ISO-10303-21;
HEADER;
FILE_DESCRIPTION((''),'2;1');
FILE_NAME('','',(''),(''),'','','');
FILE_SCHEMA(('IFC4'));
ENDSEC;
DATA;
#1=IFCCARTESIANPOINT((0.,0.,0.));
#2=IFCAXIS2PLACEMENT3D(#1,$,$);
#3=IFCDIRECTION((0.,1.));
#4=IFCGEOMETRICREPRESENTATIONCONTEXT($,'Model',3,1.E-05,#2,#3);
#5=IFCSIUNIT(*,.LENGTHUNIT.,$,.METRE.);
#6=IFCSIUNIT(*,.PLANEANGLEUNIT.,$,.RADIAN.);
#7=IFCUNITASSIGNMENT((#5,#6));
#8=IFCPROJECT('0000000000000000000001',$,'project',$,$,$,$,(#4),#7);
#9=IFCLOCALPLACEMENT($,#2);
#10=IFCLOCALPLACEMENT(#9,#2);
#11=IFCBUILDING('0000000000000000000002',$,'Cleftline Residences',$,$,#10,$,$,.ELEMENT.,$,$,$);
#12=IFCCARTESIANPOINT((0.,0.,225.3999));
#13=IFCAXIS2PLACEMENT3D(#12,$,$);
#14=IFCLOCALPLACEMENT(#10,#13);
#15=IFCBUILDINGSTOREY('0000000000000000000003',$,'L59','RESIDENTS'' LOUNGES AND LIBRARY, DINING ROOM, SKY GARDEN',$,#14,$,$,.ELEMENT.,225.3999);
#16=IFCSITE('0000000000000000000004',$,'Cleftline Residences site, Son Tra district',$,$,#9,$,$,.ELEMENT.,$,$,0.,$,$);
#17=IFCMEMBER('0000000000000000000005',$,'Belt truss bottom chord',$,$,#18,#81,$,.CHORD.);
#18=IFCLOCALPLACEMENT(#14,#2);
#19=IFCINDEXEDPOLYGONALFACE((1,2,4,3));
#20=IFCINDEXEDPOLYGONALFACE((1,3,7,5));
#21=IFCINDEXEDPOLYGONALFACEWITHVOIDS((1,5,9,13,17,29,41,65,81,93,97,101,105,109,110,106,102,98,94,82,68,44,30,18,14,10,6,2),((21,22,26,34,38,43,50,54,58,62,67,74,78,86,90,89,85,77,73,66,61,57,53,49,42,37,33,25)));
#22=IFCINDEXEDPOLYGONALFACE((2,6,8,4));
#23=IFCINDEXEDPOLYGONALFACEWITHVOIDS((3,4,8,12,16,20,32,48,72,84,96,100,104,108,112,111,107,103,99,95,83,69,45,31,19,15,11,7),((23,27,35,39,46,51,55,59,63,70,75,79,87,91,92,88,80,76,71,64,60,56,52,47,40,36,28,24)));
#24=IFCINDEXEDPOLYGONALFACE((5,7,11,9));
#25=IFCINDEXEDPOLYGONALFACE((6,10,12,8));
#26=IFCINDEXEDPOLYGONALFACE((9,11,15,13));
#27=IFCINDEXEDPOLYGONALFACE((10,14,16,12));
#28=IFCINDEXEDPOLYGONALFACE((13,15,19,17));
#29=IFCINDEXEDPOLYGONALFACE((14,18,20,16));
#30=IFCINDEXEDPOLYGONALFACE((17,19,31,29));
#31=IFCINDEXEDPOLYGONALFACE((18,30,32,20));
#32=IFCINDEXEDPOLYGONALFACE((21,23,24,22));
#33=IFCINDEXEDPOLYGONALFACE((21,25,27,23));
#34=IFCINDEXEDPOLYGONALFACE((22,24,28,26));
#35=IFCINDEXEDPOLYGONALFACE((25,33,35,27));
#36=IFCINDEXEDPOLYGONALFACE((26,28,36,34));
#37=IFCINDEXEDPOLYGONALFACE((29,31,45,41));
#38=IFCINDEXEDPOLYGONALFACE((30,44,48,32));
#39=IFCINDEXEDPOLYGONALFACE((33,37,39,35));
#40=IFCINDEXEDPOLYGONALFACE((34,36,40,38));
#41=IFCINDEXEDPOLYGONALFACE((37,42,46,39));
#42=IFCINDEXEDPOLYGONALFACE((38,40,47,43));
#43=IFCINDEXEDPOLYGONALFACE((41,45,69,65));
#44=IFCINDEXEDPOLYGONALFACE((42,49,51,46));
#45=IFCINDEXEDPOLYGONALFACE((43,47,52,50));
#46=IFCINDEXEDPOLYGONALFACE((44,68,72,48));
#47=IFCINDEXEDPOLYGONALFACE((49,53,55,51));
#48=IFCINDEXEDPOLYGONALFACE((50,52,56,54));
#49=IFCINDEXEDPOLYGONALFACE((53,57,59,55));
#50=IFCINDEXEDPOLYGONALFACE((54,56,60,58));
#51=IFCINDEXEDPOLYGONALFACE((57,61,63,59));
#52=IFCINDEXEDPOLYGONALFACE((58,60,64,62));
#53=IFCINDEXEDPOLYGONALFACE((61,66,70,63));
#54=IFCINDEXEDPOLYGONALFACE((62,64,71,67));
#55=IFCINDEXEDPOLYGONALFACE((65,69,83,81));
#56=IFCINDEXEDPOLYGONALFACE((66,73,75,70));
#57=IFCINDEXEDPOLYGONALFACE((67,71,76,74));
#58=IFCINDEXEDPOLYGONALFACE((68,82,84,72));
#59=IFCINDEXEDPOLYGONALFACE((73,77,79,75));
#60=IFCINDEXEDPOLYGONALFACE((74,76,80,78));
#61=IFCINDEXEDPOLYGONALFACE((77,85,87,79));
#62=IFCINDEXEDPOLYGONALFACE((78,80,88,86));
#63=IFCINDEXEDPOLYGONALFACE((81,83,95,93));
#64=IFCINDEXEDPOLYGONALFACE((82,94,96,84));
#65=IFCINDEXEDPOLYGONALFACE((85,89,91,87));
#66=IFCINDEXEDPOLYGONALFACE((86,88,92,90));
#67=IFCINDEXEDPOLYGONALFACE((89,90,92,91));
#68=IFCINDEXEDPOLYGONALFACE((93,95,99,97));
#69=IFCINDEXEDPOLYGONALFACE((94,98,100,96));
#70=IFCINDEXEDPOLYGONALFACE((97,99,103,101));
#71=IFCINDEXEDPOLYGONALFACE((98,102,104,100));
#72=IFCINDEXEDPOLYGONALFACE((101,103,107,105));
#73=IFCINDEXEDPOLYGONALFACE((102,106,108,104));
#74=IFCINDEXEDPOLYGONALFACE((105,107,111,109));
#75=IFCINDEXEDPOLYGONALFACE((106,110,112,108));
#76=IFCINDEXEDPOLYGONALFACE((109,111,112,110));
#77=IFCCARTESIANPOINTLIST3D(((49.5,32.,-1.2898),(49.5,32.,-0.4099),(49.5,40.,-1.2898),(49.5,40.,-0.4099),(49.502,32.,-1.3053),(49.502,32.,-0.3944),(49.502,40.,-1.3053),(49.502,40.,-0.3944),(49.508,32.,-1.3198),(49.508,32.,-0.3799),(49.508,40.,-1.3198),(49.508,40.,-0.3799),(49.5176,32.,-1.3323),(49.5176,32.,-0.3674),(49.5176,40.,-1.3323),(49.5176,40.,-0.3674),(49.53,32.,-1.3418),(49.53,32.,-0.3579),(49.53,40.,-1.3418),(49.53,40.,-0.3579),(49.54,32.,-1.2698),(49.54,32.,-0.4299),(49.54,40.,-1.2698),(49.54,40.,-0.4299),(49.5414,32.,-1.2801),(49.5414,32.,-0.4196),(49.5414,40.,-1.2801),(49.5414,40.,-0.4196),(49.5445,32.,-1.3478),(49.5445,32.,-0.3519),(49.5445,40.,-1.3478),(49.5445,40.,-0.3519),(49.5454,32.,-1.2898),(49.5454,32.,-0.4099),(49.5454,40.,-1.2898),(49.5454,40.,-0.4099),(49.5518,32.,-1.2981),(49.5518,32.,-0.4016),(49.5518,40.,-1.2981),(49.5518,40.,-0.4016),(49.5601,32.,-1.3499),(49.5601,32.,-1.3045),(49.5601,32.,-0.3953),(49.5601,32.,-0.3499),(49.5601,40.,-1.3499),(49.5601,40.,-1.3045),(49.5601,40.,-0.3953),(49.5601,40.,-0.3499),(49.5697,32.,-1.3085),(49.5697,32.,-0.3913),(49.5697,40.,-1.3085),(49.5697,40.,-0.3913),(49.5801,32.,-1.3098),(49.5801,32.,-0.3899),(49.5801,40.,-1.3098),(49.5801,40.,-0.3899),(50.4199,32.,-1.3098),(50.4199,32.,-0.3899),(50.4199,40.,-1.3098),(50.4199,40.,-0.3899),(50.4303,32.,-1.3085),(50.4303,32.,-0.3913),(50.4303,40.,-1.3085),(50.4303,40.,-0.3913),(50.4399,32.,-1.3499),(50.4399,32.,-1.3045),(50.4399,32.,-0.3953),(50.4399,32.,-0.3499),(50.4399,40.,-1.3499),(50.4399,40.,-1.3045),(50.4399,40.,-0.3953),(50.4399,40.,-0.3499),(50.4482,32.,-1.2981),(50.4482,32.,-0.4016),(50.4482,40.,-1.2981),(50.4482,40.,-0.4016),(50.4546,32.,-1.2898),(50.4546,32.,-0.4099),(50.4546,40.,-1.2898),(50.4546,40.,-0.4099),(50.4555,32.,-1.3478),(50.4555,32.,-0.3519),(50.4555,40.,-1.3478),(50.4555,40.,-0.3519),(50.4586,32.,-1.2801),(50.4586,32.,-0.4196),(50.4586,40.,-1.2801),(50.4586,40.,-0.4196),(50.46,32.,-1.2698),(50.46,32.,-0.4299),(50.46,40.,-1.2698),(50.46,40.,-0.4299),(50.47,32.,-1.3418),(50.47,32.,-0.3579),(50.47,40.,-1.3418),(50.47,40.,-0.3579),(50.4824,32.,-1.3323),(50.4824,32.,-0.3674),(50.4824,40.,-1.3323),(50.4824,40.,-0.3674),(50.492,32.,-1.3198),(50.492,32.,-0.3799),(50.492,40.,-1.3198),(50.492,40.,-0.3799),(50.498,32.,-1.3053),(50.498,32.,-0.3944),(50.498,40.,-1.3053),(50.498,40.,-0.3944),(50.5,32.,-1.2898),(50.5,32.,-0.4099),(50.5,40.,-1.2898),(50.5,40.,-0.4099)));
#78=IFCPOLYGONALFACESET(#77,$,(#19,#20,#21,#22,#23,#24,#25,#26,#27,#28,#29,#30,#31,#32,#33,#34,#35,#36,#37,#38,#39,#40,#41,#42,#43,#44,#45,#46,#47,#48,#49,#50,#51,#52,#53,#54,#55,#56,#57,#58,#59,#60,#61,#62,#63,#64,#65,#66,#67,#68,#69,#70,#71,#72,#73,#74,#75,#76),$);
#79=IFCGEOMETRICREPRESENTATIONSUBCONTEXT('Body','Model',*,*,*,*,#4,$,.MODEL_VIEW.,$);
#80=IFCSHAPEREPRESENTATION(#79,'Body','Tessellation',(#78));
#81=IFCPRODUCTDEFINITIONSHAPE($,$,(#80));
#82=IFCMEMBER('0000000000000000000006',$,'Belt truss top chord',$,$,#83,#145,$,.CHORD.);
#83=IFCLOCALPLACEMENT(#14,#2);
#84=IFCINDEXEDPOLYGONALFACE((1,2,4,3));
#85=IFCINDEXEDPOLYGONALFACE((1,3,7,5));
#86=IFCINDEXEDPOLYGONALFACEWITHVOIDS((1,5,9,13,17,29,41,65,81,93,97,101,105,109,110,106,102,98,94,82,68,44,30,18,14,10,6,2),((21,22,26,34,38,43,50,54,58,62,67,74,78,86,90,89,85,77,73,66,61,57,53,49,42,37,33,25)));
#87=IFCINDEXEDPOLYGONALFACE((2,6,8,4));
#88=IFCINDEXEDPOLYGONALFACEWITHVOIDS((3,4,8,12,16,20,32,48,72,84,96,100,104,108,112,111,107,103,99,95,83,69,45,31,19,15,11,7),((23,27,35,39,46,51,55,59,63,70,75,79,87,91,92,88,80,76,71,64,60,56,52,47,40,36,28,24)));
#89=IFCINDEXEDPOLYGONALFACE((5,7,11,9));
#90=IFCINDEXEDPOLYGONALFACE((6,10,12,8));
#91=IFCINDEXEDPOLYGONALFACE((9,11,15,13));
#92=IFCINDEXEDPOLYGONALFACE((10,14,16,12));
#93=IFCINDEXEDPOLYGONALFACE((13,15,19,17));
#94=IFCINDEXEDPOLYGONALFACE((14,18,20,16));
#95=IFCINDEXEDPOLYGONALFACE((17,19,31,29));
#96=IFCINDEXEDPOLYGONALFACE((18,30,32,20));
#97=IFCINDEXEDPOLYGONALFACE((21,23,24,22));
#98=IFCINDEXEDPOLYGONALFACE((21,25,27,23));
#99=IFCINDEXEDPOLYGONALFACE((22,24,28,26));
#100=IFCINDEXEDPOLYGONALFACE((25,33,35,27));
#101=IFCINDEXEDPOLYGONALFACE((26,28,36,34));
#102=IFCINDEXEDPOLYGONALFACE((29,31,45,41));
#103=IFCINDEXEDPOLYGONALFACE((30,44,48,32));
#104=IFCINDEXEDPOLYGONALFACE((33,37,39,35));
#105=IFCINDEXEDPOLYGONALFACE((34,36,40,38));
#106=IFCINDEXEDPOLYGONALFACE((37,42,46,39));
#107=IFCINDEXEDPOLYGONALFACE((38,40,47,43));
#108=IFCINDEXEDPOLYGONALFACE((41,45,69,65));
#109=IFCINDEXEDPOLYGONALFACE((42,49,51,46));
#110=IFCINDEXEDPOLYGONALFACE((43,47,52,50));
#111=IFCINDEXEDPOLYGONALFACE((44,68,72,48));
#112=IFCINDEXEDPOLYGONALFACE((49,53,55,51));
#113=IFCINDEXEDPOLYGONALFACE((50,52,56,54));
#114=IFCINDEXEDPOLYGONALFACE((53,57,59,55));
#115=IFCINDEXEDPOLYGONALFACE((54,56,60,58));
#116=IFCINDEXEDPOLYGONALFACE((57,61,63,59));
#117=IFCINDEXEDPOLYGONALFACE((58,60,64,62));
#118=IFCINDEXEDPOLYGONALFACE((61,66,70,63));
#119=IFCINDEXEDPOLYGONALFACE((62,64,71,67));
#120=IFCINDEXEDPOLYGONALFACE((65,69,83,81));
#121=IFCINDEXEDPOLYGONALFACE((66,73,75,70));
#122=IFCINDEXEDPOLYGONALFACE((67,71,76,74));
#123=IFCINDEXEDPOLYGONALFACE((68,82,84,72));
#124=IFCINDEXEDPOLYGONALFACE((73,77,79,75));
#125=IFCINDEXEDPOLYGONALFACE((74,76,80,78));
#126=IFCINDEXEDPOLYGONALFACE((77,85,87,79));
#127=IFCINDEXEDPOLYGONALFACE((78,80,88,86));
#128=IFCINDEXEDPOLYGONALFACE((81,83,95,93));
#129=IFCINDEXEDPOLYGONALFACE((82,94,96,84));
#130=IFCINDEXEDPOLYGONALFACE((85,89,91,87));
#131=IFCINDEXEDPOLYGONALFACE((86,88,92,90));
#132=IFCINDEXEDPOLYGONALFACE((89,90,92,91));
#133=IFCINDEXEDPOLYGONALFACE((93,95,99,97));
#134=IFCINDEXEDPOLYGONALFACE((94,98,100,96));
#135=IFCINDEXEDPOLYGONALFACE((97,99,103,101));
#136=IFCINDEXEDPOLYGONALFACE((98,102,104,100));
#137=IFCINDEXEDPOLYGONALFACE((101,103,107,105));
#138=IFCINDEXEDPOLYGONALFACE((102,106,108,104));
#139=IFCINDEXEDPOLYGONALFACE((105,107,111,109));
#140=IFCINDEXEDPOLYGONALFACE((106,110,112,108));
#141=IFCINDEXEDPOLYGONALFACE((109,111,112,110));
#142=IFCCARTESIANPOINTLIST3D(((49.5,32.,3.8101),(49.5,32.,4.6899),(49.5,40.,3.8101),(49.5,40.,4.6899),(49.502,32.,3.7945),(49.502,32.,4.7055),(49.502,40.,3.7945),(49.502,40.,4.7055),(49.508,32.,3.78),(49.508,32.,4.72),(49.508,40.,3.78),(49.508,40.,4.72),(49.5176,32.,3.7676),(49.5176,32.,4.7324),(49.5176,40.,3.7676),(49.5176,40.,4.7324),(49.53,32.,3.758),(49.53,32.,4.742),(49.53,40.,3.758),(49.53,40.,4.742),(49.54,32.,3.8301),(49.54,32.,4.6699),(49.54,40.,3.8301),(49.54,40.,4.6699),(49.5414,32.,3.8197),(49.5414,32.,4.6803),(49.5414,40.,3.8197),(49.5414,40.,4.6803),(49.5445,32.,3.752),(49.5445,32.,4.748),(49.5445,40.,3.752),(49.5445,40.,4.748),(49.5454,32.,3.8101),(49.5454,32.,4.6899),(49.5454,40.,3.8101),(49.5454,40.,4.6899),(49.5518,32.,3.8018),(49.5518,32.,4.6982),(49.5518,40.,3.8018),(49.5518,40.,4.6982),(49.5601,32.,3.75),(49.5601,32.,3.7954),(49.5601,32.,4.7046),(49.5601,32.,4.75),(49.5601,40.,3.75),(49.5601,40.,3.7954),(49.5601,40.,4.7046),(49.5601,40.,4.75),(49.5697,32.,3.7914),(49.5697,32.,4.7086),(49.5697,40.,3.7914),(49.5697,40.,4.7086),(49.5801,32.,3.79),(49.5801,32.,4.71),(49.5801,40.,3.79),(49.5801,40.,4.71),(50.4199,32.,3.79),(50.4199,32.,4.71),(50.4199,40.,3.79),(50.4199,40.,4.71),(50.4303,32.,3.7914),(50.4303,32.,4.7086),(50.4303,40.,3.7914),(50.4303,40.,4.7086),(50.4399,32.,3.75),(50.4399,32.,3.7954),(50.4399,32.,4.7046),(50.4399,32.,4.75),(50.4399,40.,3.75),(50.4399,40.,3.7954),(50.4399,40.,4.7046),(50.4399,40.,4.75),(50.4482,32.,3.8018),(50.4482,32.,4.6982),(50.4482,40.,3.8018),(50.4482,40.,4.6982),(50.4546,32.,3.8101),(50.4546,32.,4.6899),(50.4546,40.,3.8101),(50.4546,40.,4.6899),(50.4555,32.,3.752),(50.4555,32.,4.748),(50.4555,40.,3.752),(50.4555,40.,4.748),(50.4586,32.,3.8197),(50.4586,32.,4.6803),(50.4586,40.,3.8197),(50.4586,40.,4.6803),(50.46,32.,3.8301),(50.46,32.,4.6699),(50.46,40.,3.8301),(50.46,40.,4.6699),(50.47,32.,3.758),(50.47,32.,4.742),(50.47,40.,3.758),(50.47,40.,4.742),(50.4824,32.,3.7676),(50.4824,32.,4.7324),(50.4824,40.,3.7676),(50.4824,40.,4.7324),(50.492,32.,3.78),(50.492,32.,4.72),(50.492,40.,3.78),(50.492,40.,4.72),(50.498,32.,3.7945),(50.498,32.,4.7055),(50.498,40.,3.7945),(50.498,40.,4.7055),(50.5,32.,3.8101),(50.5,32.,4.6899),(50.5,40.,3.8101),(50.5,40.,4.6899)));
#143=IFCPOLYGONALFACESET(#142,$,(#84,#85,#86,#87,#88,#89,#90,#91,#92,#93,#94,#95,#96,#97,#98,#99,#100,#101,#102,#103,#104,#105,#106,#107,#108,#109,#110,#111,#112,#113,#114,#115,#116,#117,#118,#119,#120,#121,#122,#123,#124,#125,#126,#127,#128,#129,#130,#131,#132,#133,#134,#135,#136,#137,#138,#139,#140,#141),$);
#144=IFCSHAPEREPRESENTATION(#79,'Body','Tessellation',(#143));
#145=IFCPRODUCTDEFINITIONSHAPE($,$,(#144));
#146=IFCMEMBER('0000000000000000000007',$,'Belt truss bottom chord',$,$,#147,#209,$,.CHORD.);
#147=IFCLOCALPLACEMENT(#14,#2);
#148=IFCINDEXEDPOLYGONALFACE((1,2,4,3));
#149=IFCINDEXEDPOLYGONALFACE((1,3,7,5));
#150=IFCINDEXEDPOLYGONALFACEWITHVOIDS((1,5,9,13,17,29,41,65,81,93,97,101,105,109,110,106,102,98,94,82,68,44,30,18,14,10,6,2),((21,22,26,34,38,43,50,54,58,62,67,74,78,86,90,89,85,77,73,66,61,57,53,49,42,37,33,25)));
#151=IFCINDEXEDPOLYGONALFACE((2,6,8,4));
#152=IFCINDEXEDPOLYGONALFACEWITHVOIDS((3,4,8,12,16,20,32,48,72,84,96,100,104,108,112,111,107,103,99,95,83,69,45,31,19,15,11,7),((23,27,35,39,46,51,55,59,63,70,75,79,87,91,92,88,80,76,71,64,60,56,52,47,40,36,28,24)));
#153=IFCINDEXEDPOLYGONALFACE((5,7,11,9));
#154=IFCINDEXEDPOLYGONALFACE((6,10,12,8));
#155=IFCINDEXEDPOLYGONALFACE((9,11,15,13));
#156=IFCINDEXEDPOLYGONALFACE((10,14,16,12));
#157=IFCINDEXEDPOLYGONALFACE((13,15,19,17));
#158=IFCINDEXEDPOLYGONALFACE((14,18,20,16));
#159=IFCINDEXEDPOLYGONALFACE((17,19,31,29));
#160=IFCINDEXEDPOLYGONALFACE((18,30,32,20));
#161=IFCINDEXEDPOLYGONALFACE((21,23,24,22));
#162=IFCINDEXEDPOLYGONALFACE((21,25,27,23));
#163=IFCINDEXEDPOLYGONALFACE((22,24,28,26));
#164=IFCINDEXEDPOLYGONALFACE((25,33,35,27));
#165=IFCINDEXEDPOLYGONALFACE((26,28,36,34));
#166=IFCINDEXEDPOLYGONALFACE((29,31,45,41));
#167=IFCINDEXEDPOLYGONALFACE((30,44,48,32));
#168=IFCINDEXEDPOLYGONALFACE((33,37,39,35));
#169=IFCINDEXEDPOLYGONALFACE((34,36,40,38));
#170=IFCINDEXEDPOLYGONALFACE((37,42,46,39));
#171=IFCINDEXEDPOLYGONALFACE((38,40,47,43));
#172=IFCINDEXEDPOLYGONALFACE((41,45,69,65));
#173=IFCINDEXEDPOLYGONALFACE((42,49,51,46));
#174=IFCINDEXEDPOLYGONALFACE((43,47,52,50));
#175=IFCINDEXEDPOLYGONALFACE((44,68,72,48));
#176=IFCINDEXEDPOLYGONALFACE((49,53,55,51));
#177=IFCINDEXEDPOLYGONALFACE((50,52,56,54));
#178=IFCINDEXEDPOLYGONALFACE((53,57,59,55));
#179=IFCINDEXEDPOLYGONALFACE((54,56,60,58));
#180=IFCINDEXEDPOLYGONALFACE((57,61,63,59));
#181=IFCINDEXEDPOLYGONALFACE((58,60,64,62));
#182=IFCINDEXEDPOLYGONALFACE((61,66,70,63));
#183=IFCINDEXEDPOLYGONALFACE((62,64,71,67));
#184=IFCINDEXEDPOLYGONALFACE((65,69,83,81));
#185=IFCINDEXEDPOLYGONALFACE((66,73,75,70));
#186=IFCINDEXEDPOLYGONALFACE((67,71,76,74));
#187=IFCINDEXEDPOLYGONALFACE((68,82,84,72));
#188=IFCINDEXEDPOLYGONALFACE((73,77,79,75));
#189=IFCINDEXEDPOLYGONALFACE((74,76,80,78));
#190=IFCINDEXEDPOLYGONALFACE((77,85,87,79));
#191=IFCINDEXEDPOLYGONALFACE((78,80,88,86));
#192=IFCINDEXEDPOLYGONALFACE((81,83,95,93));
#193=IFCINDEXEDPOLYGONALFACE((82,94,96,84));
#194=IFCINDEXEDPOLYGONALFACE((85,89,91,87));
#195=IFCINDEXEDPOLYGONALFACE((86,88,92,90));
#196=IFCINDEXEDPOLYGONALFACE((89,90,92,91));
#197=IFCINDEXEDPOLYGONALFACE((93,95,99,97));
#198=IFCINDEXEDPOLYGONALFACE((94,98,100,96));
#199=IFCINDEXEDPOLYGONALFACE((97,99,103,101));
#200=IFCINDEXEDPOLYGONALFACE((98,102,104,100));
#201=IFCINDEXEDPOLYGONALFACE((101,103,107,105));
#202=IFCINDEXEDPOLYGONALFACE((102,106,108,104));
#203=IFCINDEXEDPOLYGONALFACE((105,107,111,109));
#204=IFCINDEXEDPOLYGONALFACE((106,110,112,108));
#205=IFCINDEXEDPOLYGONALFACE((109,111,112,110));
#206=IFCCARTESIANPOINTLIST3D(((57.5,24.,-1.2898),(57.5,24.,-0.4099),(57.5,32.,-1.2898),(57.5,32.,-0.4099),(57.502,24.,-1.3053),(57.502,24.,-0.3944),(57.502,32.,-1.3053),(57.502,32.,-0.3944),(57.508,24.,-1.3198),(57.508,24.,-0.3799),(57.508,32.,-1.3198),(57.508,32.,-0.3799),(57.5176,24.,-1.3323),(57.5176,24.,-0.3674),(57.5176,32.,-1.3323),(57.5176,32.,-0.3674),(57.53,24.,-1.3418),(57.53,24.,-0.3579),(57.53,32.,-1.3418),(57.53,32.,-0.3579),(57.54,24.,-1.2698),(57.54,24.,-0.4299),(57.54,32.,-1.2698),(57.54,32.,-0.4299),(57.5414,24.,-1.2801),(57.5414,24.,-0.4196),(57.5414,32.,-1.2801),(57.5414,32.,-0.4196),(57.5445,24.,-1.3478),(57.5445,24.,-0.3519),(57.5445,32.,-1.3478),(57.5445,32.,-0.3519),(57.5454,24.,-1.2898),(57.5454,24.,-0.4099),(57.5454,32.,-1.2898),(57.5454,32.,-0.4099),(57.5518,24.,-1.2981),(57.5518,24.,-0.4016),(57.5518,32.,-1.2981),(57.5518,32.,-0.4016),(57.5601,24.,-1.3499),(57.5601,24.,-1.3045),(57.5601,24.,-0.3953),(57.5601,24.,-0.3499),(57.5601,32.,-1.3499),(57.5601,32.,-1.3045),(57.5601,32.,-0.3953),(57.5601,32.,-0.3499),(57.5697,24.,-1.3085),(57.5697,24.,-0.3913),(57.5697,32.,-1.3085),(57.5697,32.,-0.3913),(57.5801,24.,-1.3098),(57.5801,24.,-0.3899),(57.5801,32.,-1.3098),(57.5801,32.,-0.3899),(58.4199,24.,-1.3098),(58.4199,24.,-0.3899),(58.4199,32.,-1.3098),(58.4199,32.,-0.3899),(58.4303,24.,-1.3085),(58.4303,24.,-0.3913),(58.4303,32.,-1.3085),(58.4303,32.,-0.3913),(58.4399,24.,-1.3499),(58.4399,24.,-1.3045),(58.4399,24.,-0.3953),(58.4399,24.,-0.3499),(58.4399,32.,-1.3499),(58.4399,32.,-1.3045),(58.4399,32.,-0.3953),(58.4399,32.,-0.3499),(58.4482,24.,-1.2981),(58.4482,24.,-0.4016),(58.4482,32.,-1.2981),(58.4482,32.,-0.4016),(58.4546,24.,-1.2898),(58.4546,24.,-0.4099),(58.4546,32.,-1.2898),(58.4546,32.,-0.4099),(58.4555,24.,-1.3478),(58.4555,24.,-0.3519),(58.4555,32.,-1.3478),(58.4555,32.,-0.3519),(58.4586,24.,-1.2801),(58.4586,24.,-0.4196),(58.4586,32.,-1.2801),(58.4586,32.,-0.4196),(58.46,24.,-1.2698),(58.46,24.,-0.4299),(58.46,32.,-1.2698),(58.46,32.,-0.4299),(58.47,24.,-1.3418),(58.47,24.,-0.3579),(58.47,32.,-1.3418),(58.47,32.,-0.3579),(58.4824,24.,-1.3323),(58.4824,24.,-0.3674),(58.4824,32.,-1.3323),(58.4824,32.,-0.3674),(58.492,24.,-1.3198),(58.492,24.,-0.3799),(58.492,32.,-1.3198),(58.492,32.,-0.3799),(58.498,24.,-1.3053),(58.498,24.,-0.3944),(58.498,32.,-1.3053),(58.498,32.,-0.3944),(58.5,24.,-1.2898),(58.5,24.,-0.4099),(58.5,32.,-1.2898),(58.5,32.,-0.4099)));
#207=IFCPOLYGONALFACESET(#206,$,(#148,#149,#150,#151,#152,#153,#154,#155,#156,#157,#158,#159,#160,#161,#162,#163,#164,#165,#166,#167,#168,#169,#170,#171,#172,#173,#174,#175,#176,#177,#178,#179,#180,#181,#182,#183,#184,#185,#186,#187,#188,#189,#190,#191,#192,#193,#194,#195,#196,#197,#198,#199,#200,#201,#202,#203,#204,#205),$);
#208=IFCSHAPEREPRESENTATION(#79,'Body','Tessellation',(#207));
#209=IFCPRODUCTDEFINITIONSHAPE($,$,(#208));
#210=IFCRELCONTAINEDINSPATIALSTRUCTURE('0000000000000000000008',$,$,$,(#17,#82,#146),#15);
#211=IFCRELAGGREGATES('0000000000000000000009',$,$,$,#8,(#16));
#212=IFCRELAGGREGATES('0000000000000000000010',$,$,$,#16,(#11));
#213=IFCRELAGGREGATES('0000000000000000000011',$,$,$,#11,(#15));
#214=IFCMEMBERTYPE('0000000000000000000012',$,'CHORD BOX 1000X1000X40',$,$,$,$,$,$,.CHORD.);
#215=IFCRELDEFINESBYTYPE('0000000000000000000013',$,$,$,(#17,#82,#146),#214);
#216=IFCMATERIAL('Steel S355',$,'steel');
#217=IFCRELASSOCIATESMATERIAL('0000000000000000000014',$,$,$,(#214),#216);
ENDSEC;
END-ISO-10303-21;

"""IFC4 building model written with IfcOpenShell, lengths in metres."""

from ifc_helpers import new_model, si_unit, direction, frame, origin, origin_2d, place, context, subcontext, project, spatial, hollow_rectangle, extrude, material, material_profile, profile_set, type_object, element, save


model = new_model("IFC4")

# Units and contexts
model_context = context("Model", 3, precision=1e-05, world=origin(), true_north=direction((0.0, 1.0)))
body_context = subcontext(model_context, "Body", "Model", "MODEL_VIEW")
ifc_project = project(units=[si_unit("LENGTHUNIT", "METRE"), si_unit("PLANEANGLEUNIT", "RADIAN")], contexts=[model_context])

# Site, building, storey
site_placement = place(None, origin())
site = spatial("IfcSite", under=ifc_project, at=site_placement, Name="Cleftline Residences site, Son Tra district", CompositionType="ELEMENT", RefElevation=0.0)
building_placement = place(site_placement, origin())
building = spatial("IfcBuilding", under=site, at=building_placement, Name="Cleftline Residences", CompositionType="ELEMENT")
storey_placement = place(building_placement, frame((0.0, 0.0, 225.3999)))
storey = spatial("IfcBuildingStorey", under=building, at=storey_placement, Name="L59", Description="RESIDENTS' LOUNGES AND LIBRARY, DINING ROOM, SKY GARDEN", CompositionType="ELEMENT", Elevation=225.3999)

# Members
ifc_material_1 = material(Name="Steel S355", Category="steel")
ifc_material_profile_1 = material_profile(ifc_material_1, hollow_rectangle(XDim=1.0, YDim=1.0, WallThickness=0.04, InnerFilletRadius=0.04, OuterFilletRadius=0.0601, at=origin_2d()))
ifc_profile_set_1 = profile_set([ifc_material_profile_1], Name="Steel S355")
member_type_1 = type_object("IfcMemberType", Name="CHORD BOX 1000X1000X40", PredefinedType="CHORD", material=ifc_profile_set_1)
for number, where, z_axis, x_axis, name in (
    (1, (50.0, 32.0, -0.8499), (0.0, 1.0, 0.0), (-1.0, 0.0, 0.0), "Belt truss bottom chord"),
    (2, (50.0, 32.0, 4.25), (0.0, 1.0, 0.0), (-1.0, 0.0, 0.0), "Belt truss top chord"),
    (3, (58.0, 24.0, -0.8499), (0.0, 1.0, 0.0), (-1.0, 0.0, 0.0), "Belt truss bottom chord"),
):
    element("IfcMember", number, at=place(storey_placement, frame(where, z_axis=z_axis, x_axis=x_axis)), inside=storey, type_object=member_type_1, Name=name, PredefinedType="CHORD", context=body_context, shape_type="SweptSolid", body=[
        extrude(hollow_rectangle(XDim=1.0, YDim=1.0, WallThickness=0.04, InnerFilletRadius=0.04, OuterFilletRadius=0.0601, at=origin_2d()), origin(), (0.0, 0.0, 1.0), 8.0),
    ])

save(model, "model.ifc")
